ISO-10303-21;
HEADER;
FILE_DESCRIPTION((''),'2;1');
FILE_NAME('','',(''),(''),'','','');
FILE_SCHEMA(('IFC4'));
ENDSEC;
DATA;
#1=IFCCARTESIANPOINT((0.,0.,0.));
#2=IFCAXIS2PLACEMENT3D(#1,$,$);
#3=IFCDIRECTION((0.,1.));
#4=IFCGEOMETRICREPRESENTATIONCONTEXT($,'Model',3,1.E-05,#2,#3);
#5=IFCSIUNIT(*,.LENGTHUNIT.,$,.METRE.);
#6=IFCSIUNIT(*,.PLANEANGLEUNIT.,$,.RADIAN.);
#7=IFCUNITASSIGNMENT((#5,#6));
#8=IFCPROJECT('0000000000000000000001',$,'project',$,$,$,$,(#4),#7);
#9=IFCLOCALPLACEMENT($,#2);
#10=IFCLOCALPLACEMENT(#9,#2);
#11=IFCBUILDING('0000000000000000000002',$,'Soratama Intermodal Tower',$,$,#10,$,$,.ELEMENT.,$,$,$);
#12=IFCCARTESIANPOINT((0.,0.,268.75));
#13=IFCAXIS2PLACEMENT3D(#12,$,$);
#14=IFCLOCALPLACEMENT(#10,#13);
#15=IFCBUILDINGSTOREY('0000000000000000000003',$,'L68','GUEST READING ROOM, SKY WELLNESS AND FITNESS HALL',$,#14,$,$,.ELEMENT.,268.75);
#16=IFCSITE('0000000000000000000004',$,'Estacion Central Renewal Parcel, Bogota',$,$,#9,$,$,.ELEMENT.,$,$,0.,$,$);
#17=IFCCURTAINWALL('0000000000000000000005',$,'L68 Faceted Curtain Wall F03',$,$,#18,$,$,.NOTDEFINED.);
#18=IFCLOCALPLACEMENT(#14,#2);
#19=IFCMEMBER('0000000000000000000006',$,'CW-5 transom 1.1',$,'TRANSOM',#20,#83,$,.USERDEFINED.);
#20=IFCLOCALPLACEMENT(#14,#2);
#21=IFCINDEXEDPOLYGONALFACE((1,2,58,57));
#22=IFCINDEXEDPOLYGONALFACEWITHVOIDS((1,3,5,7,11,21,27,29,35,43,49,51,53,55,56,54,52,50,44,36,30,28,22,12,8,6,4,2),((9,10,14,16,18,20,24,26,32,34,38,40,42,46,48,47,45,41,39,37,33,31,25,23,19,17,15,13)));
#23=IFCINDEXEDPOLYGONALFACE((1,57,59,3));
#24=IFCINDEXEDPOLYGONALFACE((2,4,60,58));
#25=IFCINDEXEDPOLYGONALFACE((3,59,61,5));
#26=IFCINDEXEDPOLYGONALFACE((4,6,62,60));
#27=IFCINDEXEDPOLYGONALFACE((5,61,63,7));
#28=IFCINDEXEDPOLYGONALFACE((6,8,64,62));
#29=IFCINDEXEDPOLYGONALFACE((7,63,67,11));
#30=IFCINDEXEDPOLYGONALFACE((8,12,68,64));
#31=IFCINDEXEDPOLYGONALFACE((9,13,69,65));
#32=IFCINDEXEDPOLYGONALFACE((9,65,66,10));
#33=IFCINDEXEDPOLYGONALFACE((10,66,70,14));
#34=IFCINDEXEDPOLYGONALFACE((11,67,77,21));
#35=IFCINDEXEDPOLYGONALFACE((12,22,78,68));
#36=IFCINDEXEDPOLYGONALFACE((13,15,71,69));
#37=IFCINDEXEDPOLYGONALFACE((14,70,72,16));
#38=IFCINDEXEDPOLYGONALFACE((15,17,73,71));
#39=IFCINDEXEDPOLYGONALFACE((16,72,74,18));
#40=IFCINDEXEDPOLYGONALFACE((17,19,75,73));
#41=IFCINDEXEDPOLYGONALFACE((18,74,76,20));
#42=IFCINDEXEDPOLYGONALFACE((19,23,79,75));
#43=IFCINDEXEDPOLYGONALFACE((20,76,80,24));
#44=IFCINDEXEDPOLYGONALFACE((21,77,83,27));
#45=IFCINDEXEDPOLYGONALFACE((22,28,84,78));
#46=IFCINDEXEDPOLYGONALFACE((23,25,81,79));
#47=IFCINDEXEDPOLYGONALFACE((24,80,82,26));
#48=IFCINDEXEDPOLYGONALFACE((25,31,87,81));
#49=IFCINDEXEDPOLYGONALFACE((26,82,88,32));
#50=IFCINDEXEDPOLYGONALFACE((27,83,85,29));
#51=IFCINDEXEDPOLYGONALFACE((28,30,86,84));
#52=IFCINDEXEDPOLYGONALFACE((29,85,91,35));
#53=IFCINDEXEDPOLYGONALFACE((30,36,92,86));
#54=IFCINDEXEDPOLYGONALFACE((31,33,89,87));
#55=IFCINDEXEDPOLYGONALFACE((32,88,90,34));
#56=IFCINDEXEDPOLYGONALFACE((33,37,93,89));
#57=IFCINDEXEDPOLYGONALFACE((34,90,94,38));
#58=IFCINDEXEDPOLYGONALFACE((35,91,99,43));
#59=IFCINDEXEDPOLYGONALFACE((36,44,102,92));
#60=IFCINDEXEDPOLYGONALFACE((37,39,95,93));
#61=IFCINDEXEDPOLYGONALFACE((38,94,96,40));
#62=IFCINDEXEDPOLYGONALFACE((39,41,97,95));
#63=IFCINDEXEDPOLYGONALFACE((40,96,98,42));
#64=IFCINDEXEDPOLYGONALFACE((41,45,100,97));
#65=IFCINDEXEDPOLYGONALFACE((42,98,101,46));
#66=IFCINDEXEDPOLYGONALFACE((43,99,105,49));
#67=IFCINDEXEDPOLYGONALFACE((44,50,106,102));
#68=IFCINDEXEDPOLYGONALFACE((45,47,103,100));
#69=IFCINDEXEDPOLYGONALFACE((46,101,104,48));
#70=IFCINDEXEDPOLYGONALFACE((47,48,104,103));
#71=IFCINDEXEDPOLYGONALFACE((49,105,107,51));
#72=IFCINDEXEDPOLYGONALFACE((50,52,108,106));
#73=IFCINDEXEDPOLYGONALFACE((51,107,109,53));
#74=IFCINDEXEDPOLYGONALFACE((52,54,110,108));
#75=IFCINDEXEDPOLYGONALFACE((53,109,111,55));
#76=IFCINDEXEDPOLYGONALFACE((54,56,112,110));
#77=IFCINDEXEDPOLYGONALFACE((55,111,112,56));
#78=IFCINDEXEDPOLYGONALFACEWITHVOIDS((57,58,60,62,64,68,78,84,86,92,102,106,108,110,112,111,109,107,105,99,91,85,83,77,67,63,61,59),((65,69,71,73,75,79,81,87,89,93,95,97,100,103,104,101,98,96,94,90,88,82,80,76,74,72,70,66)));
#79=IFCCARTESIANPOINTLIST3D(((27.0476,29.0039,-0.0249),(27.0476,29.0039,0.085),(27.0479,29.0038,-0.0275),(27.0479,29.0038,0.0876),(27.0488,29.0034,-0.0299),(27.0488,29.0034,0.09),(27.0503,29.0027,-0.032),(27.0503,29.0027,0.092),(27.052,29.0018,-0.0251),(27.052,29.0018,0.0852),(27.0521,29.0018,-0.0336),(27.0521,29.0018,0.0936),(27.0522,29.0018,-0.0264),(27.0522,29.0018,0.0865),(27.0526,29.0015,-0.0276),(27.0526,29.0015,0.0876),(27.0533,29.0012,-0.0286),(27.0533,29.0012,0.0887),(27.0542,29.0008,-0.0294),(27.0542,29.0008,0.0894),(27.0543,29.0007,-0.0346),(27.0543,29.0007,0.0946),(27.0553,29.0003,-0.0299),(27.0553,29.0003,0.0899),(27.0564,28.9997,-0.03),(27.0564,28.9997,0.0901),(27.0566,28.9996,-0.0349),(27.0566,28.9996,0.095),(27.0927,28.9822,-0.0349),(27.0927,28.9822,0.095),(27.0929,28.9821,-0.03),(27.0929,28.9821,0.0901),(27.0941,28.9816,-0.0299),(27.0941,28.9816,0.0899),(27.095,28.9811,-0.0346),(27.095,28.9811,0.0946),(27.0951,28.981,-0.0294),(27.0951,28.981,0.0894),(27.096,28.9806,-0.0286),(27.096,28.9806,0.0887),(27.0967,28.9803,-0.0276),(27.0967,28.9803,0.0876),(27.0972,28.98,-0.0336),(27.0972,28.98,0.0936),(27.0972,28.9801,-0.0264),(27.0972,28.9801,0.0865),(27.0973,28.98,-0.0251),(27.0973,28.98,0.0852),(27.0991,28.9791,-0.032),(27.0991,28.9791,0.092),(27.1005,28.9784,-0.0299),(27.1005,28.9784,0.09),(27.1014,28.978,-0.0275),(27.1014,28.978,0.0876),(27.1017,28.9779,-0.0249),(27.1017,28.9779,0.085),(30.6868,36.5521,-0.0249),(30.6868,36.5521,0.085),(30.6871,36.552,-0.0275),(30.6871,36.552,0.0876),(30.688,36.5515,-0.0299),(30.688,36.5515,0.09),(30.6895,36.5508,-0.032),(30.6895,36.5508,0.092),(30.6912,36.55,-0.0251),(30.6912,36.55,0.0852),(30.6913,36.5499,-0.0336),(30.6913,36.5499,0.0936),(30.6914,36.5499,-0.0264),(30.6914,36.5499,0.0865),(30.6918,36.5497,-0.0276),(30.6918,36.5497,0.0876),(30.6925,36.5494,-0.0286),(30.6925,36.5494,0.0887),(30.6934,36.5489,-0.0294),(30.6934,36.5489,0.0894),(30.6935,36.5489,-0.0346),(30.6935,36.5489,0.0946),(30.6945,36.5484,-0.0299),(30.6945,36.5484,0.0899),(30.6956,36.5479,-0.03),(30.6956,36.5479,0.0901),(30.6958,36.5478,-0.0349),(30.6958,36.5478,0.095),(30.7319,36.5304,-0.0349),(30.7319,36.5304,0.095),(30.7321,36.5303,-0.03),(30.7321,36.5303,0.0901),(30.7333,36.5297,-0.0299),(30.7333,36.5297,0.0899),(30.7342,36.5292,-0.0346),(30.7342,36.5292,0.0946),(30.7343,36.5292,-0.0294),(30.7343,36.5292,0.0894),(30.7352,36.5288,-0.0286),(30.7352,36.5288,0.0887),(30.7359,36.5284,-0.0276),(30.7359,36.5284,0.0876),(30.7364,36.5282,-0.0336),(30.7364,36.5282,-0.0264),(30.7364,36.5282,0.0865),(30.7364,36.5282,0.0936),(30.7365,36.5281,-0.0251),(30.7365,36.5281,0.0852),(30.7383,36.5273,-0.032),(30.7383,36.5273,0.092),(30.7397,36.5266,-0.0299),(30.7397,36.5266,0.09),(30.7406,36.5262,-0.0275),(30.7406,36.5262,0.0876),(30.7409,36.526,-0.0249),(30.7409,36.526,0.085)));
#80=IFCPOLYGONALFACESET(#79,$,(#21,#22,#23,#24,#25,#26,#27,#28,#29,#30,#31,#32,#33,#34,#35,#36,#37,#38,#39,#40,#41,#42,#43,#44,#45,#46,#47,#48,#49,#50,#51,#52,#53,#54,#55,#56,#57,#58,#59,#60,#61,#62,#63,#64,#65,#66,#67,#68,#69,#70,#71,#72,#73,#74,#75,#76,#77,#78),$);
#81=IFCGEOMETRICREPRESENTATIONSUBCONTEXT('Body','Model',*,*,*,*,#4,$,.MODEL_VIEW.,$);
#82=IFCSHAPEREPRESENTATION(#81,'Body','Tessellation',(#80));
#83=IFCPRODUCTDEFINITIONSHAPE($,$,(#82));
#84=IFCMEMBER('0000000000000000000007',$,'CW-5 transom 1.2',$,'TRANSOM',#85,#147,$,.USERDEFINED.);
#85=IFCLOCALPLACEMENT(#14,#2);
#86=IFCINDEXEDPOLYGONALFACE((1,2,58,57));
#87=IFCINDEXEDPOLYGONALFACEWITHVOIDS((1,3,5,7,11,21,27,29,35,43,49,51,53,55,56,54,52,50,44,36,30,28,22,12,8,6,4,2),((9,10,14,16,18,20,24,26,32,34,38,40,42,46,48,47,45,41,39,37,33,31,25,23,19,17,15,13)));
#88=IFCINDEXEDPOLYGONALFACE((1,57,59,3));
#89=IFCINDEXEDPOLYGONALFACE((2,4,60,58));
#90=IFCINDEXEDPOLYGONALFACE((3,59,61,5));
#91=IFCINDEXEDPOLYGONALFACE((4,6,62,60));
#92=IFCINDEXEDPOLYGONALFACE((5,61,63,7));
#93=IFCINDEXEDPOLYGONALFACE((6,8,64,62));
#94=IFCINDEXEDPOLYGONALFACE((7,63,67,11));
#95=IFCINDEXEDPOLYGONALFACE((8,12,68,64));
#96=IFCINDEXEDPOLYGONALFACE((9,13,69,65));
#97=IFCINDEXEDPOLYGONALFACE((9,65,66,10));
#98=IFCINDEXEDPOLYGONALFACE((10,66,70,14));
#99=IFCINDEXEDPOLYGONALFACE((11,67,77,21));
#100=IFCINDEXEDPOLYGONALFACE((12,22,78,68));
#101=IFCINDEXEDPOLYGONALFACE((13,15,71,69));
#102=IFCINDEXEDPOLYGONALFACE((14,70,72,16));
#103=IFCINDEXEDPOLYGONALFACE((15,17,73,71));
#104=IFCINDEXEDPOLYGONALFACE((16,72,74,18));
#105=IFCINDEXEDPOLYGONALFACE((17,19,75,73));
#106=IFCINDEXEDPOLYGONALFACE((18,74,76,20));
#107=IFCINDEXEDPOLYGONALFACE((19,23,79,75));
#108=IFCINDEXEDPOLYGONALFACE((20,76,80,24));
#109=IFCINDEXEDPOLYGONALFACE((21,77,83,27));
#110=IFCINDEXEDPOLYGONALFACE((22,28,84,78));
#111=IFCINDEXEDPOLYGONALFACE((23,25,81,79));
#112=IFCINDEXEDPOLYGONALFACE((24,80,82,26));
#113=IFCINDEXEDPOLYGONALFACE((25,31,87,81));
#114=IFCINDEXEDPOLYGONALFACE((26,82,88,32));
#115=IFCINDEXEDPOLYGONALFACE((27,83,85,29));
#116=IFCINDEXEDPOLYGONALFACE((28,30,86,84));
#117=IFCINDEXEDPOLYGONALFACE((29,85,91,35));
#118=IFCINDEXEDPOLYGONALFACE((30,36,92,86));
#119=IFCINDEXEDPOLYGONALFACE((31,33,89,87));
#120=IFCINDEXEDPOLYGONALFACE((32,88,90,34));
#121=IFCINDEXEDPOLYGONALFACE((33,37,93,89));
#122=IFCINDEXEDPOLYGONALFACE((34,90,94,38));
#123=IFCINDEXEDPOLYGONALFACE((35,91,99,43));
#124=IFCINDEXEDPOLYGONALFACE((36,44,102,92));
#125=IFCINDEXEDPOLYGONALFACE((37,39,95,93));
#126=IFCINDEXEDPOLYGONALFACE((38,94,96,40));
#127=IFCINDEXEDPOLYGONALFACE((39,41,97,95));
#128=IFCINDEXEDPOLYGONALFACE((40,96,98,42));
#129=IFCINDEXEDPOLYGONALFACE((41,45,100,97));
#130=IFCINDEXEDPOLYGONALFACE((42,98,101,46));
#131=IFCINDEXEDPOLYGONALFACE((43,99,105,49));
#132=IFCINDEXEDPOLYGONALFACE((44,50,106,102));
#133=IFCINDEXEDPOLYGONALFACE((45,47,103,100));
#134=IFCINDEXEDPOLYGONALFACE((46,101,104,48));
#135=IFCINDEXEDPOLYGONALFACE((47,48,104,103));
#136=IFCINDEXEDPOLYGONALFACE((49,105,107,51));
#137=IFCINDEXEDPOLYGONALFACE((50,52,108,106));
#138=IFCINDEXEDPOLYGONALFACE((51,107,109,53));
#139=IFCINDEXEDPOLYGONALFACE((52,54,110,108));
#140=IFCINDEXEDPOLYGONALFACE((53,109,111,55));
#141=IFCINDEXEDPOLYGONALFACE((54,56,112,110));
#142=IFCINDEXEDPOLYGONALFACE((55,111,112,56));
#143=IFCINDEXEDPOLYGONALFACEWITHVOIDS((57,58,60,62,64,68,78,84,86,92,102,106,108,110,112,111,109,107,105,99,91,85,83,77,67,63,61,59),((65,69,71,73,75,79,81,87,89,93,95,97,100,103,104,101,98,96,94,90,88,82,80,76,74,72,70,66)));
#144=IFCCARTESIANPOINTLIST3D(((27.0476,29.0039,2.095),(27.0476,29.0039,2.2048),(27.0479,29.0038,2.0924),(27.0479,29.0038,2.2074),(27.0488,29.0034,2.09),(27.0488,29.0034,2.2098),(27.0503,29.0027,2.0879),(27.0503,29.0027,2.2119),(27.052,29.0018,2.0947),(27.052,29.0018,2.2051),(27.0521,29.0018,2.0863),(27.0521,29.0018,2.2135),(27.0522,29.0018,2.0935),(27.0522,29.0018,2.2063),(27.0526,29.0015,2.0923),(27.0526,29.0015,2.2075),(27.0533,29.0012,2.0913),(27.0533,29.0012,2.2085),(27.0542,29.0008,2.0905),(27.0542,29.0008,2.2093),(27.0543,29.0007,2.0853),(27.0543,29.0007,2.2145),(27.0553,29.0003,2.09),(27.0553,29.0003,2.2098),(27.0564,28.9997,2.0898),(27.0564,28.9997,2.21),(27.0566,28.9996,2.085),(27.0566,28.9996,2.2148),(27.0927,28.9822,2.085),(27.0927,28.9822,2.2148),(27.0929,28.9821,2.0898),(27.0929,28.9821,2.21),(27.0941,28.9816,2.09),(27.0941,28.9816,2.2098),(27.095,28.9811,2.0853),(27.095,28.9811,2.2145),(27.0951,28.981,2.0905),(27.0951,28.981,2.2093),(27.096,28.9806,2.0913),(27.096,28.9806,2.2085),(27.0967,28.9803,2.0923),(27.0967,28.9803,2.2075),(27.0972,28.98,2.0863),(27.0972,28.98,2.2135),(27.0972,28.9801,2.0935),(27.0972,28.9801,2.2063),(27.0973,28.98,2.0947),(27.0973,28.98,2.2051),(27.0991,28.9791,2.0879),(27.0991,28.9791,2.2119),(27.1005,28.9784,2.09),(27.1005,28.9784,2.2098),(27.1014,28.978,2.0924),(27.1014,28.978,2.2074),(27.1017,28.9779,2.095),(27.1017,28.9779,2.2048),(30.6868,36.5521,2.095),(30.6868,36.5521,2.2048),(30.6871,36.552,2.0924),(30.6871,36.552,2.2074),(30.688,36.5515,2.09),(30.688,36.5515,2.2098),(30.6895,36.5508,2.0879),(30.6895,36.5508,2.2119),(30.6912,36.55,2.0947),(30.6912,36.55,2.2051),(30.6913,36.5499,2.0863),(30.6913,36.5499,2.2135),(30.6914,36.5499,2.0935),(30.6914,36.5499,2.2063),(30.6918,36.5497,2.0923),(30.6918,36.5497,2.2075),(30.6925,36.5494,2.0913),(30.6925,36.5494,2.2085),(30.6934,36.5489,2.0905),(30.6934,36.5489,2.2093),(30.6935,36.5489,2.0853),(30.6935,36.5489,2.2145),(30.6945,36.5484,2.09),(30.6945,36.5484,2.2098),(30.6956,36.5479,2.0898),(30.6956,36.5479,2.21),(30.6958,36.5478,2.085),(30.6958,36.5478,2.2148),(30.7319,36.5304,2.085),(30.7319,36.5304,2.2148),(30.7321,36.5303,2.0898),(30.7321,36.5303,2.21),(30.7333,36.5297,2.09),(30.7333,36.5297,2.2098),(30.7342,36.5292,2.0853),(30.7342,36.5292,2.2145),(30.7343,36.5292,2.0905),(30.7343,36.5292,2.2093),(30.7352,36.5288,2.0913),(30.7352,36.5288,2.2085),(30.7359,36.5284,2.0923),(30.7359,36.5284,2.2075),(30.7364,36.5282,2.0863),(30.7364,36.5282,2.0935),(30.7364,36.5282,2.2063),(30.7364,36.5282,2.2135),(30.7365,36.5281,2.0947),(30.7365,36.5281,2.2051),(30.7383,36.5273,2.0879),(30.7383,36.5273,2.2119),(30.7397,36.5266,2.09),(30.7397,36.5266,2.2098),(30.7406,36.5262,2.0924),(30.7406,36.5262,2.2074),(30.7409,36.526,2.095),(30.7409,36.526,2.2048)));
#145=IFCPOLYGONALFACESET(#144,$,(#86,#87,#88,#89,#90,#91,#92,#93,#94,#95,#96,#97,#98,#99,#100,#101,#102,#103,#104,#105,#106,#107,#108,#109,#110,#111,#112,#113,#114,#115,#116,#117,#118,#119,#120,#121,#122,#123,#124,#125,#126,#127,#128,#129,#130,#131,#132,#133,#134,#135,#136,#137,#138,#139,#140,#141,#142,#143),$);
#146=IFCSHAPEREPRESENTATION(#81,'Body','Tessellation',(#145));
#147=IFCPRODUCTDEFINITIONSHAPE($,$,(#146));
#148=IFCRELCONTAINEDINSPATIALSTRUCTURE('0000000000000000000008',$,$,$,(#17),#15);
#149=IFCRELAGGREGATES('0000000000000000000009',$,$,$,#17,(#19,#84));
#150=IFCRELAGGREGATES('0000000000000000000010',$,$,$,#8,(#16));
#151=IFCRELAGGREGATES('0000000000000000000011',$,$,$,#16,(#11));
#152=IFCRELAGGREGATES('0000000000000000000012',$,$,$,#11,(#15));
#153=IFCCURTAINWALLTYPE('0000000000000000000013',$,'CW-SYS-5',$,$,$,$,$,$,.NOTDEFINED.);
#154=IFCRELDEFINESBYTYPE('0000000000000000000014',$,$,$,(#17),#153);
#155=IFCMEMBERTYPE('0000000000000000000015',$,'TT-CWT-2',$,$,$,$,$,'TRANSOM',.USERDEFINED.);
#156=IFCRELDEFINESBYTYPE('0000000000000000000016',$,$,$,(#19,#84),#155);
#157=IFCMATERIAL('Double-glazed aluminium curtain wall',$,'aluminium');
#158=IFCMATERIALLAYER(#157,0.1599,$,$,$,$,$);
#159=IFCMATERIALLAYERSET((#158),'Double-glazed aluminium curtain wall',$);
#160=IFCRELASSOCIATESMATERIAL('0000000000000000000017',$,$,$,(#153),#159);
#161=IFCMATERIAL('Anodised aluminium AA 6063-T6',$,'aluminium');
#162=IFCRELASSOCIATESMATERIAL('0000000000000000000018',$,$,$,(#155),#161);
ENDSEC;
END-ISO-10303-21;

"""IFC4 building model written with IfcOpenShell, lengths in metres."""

from ifc_helpers import new_model, si_unit, direction, frame, origin, origin_2d, place, context, subcontext, project, spatial, hollow_rectangle, extrude, material, layer, layer_set, material_profile, profile_set, type_object, element, aggregate, save


model = new_model("IFC4")

# Units and contexts
model_context = context("Model", 3, precision=1e-05, world=origin(), true_north=direction((0.0, 1.0)))
body_context = subcontext(model_context, "Body", "Model", "MODEL_VIEW")
ifc_project = project(units=[si_unit("LENGTHUNIT", "METRE"), si_unit("PLANEANGLEUNIT", "RADIAN")], contexts=[model_context])

# Site, building, storey
site_placement = place(None, origin())
site = spatial("IfcSite", under=ifc_project, at=site_placement, Name="Estacion Central Renewal Parcel, Bogota", CompositionType="ELEMENT", RefElevation=0.0)
building_placement = place(site_placement, origin())
building = spatial("IfcBuilding", under=site, at=building_placement, Name="Soratama Intermodal Tower", CompositionType="ELEMENT")
storey_placement = place(building_placement, frame((0.0, 0.0, 268.75)))
storey = spatial("IfcBuildingStorey", under=building, at=storey_placement, Name="L68", Description="GUEST READING ROOM, SKY WELLNESS AND FITNESS HALL", CompositionType="ELEMENT", Elevation=268.75)

# Shared definitions
ifc_material_1 = material(Name="Double-glazed aluminium curtain wall", Category="aluminium")
ifc_layer_1 = layer(ifc_material_1, 0.1599)
ifc_layer_set_1 = layer_set([ifc_layer_1], Name="Double-glazed aluminium curtain wall")
curtain_wall_type = type_object("IfcCurtainWallType", Name="CW-SYS-5", PredefinedType="NOTDEFINED", material=ifc_layer_set_1)

# Curtain wall
curtain_wall_1_placement = place(storey_placement, origin())
curtain_wall_1 = element("IfcCurtainWall", 1, at=curtain_wall_1_placement, inside=storey, type_object=curtain_wall_type, Name="L68 Faceted Curtain Wall F03", PredefinedType="NOTDEFINED")

# Members
ifc_material_2 = material(Name="Anodised aluminium AA 6063-T6", Category="aluminium")
ifc_material_profile_1 = material_profile(ifc_material_2, hollow_rectangle(XDim=0.0601, YDim=0.1299, WallThickness=0.0049, InnerFilletRadius=0.0049, OuterFilletRadius=0.01, at=origin_2d()), Name="CWT130X60X5")
ifc_profile_set_1 = profile_set([ifc_material_profile_1], Name="Anodised aluminium AA 6063-T6")
member_type_1 = type_object("IfcMemberType", Name="TT-CWT-2", ElementType="TRANSOM", PredefinedType="USERDEFINED", material=ifc_profile_set_1)
member_1_placement = place(storey_placement, frame((30.7139, 36.5391, 0.03), z_axis=(-0.434289, -0.900773, 0.0), x_axis=(0.900773, -0.434289, 0.0)))
member_1 = element("IfcMember", 2, at=member_1_placement, type_object=member_type_1, Name="CW-5 transom 1.1", ObjectType="TRANSOM", PredefinedType="USERDEFINED", context=body_context, shape_type="SweptSolid", body=[
    extrude(hollow_rectangle(XDim=0.0601, YDim=0.1299, WallThickness=0.0049, InnerFilletRadius=0.0049, OuterFilletRadius=0.01, at=origin_2d()), origin(), (0.0, 0.0, 1.0), 8.3796),
])
member_2_placement = place(storey_placement, frame((30.7139, 36.5391, 2.1499), z_axis=(-0.434289, -0.900773, 0.0), x_axis=(0.900773, -0.434289, 0.0)))
member_2 = element("IfcMember", 3, at=member_2_placement, type_object=member_type_1, Name="CW-5 transom 1.2", ObjectType="TRANSOM", PredefinedType="USERDEFINED", context=body_context, shape_type="SweptSolid", body=[
    extrude(hollow_rectangle(XDim=0.0601, YDim=0.1299, WallThickness=0.0049, InnerFilletRadius=0.0049, OuterFilletRadius=0.01, at=origin_2d()), origin(), (0.0, 0.0, 1.0), 8.3796),
])
aggregate(curtain_wall_1, [member_1, member_2])

save(model, "model.ifc")
